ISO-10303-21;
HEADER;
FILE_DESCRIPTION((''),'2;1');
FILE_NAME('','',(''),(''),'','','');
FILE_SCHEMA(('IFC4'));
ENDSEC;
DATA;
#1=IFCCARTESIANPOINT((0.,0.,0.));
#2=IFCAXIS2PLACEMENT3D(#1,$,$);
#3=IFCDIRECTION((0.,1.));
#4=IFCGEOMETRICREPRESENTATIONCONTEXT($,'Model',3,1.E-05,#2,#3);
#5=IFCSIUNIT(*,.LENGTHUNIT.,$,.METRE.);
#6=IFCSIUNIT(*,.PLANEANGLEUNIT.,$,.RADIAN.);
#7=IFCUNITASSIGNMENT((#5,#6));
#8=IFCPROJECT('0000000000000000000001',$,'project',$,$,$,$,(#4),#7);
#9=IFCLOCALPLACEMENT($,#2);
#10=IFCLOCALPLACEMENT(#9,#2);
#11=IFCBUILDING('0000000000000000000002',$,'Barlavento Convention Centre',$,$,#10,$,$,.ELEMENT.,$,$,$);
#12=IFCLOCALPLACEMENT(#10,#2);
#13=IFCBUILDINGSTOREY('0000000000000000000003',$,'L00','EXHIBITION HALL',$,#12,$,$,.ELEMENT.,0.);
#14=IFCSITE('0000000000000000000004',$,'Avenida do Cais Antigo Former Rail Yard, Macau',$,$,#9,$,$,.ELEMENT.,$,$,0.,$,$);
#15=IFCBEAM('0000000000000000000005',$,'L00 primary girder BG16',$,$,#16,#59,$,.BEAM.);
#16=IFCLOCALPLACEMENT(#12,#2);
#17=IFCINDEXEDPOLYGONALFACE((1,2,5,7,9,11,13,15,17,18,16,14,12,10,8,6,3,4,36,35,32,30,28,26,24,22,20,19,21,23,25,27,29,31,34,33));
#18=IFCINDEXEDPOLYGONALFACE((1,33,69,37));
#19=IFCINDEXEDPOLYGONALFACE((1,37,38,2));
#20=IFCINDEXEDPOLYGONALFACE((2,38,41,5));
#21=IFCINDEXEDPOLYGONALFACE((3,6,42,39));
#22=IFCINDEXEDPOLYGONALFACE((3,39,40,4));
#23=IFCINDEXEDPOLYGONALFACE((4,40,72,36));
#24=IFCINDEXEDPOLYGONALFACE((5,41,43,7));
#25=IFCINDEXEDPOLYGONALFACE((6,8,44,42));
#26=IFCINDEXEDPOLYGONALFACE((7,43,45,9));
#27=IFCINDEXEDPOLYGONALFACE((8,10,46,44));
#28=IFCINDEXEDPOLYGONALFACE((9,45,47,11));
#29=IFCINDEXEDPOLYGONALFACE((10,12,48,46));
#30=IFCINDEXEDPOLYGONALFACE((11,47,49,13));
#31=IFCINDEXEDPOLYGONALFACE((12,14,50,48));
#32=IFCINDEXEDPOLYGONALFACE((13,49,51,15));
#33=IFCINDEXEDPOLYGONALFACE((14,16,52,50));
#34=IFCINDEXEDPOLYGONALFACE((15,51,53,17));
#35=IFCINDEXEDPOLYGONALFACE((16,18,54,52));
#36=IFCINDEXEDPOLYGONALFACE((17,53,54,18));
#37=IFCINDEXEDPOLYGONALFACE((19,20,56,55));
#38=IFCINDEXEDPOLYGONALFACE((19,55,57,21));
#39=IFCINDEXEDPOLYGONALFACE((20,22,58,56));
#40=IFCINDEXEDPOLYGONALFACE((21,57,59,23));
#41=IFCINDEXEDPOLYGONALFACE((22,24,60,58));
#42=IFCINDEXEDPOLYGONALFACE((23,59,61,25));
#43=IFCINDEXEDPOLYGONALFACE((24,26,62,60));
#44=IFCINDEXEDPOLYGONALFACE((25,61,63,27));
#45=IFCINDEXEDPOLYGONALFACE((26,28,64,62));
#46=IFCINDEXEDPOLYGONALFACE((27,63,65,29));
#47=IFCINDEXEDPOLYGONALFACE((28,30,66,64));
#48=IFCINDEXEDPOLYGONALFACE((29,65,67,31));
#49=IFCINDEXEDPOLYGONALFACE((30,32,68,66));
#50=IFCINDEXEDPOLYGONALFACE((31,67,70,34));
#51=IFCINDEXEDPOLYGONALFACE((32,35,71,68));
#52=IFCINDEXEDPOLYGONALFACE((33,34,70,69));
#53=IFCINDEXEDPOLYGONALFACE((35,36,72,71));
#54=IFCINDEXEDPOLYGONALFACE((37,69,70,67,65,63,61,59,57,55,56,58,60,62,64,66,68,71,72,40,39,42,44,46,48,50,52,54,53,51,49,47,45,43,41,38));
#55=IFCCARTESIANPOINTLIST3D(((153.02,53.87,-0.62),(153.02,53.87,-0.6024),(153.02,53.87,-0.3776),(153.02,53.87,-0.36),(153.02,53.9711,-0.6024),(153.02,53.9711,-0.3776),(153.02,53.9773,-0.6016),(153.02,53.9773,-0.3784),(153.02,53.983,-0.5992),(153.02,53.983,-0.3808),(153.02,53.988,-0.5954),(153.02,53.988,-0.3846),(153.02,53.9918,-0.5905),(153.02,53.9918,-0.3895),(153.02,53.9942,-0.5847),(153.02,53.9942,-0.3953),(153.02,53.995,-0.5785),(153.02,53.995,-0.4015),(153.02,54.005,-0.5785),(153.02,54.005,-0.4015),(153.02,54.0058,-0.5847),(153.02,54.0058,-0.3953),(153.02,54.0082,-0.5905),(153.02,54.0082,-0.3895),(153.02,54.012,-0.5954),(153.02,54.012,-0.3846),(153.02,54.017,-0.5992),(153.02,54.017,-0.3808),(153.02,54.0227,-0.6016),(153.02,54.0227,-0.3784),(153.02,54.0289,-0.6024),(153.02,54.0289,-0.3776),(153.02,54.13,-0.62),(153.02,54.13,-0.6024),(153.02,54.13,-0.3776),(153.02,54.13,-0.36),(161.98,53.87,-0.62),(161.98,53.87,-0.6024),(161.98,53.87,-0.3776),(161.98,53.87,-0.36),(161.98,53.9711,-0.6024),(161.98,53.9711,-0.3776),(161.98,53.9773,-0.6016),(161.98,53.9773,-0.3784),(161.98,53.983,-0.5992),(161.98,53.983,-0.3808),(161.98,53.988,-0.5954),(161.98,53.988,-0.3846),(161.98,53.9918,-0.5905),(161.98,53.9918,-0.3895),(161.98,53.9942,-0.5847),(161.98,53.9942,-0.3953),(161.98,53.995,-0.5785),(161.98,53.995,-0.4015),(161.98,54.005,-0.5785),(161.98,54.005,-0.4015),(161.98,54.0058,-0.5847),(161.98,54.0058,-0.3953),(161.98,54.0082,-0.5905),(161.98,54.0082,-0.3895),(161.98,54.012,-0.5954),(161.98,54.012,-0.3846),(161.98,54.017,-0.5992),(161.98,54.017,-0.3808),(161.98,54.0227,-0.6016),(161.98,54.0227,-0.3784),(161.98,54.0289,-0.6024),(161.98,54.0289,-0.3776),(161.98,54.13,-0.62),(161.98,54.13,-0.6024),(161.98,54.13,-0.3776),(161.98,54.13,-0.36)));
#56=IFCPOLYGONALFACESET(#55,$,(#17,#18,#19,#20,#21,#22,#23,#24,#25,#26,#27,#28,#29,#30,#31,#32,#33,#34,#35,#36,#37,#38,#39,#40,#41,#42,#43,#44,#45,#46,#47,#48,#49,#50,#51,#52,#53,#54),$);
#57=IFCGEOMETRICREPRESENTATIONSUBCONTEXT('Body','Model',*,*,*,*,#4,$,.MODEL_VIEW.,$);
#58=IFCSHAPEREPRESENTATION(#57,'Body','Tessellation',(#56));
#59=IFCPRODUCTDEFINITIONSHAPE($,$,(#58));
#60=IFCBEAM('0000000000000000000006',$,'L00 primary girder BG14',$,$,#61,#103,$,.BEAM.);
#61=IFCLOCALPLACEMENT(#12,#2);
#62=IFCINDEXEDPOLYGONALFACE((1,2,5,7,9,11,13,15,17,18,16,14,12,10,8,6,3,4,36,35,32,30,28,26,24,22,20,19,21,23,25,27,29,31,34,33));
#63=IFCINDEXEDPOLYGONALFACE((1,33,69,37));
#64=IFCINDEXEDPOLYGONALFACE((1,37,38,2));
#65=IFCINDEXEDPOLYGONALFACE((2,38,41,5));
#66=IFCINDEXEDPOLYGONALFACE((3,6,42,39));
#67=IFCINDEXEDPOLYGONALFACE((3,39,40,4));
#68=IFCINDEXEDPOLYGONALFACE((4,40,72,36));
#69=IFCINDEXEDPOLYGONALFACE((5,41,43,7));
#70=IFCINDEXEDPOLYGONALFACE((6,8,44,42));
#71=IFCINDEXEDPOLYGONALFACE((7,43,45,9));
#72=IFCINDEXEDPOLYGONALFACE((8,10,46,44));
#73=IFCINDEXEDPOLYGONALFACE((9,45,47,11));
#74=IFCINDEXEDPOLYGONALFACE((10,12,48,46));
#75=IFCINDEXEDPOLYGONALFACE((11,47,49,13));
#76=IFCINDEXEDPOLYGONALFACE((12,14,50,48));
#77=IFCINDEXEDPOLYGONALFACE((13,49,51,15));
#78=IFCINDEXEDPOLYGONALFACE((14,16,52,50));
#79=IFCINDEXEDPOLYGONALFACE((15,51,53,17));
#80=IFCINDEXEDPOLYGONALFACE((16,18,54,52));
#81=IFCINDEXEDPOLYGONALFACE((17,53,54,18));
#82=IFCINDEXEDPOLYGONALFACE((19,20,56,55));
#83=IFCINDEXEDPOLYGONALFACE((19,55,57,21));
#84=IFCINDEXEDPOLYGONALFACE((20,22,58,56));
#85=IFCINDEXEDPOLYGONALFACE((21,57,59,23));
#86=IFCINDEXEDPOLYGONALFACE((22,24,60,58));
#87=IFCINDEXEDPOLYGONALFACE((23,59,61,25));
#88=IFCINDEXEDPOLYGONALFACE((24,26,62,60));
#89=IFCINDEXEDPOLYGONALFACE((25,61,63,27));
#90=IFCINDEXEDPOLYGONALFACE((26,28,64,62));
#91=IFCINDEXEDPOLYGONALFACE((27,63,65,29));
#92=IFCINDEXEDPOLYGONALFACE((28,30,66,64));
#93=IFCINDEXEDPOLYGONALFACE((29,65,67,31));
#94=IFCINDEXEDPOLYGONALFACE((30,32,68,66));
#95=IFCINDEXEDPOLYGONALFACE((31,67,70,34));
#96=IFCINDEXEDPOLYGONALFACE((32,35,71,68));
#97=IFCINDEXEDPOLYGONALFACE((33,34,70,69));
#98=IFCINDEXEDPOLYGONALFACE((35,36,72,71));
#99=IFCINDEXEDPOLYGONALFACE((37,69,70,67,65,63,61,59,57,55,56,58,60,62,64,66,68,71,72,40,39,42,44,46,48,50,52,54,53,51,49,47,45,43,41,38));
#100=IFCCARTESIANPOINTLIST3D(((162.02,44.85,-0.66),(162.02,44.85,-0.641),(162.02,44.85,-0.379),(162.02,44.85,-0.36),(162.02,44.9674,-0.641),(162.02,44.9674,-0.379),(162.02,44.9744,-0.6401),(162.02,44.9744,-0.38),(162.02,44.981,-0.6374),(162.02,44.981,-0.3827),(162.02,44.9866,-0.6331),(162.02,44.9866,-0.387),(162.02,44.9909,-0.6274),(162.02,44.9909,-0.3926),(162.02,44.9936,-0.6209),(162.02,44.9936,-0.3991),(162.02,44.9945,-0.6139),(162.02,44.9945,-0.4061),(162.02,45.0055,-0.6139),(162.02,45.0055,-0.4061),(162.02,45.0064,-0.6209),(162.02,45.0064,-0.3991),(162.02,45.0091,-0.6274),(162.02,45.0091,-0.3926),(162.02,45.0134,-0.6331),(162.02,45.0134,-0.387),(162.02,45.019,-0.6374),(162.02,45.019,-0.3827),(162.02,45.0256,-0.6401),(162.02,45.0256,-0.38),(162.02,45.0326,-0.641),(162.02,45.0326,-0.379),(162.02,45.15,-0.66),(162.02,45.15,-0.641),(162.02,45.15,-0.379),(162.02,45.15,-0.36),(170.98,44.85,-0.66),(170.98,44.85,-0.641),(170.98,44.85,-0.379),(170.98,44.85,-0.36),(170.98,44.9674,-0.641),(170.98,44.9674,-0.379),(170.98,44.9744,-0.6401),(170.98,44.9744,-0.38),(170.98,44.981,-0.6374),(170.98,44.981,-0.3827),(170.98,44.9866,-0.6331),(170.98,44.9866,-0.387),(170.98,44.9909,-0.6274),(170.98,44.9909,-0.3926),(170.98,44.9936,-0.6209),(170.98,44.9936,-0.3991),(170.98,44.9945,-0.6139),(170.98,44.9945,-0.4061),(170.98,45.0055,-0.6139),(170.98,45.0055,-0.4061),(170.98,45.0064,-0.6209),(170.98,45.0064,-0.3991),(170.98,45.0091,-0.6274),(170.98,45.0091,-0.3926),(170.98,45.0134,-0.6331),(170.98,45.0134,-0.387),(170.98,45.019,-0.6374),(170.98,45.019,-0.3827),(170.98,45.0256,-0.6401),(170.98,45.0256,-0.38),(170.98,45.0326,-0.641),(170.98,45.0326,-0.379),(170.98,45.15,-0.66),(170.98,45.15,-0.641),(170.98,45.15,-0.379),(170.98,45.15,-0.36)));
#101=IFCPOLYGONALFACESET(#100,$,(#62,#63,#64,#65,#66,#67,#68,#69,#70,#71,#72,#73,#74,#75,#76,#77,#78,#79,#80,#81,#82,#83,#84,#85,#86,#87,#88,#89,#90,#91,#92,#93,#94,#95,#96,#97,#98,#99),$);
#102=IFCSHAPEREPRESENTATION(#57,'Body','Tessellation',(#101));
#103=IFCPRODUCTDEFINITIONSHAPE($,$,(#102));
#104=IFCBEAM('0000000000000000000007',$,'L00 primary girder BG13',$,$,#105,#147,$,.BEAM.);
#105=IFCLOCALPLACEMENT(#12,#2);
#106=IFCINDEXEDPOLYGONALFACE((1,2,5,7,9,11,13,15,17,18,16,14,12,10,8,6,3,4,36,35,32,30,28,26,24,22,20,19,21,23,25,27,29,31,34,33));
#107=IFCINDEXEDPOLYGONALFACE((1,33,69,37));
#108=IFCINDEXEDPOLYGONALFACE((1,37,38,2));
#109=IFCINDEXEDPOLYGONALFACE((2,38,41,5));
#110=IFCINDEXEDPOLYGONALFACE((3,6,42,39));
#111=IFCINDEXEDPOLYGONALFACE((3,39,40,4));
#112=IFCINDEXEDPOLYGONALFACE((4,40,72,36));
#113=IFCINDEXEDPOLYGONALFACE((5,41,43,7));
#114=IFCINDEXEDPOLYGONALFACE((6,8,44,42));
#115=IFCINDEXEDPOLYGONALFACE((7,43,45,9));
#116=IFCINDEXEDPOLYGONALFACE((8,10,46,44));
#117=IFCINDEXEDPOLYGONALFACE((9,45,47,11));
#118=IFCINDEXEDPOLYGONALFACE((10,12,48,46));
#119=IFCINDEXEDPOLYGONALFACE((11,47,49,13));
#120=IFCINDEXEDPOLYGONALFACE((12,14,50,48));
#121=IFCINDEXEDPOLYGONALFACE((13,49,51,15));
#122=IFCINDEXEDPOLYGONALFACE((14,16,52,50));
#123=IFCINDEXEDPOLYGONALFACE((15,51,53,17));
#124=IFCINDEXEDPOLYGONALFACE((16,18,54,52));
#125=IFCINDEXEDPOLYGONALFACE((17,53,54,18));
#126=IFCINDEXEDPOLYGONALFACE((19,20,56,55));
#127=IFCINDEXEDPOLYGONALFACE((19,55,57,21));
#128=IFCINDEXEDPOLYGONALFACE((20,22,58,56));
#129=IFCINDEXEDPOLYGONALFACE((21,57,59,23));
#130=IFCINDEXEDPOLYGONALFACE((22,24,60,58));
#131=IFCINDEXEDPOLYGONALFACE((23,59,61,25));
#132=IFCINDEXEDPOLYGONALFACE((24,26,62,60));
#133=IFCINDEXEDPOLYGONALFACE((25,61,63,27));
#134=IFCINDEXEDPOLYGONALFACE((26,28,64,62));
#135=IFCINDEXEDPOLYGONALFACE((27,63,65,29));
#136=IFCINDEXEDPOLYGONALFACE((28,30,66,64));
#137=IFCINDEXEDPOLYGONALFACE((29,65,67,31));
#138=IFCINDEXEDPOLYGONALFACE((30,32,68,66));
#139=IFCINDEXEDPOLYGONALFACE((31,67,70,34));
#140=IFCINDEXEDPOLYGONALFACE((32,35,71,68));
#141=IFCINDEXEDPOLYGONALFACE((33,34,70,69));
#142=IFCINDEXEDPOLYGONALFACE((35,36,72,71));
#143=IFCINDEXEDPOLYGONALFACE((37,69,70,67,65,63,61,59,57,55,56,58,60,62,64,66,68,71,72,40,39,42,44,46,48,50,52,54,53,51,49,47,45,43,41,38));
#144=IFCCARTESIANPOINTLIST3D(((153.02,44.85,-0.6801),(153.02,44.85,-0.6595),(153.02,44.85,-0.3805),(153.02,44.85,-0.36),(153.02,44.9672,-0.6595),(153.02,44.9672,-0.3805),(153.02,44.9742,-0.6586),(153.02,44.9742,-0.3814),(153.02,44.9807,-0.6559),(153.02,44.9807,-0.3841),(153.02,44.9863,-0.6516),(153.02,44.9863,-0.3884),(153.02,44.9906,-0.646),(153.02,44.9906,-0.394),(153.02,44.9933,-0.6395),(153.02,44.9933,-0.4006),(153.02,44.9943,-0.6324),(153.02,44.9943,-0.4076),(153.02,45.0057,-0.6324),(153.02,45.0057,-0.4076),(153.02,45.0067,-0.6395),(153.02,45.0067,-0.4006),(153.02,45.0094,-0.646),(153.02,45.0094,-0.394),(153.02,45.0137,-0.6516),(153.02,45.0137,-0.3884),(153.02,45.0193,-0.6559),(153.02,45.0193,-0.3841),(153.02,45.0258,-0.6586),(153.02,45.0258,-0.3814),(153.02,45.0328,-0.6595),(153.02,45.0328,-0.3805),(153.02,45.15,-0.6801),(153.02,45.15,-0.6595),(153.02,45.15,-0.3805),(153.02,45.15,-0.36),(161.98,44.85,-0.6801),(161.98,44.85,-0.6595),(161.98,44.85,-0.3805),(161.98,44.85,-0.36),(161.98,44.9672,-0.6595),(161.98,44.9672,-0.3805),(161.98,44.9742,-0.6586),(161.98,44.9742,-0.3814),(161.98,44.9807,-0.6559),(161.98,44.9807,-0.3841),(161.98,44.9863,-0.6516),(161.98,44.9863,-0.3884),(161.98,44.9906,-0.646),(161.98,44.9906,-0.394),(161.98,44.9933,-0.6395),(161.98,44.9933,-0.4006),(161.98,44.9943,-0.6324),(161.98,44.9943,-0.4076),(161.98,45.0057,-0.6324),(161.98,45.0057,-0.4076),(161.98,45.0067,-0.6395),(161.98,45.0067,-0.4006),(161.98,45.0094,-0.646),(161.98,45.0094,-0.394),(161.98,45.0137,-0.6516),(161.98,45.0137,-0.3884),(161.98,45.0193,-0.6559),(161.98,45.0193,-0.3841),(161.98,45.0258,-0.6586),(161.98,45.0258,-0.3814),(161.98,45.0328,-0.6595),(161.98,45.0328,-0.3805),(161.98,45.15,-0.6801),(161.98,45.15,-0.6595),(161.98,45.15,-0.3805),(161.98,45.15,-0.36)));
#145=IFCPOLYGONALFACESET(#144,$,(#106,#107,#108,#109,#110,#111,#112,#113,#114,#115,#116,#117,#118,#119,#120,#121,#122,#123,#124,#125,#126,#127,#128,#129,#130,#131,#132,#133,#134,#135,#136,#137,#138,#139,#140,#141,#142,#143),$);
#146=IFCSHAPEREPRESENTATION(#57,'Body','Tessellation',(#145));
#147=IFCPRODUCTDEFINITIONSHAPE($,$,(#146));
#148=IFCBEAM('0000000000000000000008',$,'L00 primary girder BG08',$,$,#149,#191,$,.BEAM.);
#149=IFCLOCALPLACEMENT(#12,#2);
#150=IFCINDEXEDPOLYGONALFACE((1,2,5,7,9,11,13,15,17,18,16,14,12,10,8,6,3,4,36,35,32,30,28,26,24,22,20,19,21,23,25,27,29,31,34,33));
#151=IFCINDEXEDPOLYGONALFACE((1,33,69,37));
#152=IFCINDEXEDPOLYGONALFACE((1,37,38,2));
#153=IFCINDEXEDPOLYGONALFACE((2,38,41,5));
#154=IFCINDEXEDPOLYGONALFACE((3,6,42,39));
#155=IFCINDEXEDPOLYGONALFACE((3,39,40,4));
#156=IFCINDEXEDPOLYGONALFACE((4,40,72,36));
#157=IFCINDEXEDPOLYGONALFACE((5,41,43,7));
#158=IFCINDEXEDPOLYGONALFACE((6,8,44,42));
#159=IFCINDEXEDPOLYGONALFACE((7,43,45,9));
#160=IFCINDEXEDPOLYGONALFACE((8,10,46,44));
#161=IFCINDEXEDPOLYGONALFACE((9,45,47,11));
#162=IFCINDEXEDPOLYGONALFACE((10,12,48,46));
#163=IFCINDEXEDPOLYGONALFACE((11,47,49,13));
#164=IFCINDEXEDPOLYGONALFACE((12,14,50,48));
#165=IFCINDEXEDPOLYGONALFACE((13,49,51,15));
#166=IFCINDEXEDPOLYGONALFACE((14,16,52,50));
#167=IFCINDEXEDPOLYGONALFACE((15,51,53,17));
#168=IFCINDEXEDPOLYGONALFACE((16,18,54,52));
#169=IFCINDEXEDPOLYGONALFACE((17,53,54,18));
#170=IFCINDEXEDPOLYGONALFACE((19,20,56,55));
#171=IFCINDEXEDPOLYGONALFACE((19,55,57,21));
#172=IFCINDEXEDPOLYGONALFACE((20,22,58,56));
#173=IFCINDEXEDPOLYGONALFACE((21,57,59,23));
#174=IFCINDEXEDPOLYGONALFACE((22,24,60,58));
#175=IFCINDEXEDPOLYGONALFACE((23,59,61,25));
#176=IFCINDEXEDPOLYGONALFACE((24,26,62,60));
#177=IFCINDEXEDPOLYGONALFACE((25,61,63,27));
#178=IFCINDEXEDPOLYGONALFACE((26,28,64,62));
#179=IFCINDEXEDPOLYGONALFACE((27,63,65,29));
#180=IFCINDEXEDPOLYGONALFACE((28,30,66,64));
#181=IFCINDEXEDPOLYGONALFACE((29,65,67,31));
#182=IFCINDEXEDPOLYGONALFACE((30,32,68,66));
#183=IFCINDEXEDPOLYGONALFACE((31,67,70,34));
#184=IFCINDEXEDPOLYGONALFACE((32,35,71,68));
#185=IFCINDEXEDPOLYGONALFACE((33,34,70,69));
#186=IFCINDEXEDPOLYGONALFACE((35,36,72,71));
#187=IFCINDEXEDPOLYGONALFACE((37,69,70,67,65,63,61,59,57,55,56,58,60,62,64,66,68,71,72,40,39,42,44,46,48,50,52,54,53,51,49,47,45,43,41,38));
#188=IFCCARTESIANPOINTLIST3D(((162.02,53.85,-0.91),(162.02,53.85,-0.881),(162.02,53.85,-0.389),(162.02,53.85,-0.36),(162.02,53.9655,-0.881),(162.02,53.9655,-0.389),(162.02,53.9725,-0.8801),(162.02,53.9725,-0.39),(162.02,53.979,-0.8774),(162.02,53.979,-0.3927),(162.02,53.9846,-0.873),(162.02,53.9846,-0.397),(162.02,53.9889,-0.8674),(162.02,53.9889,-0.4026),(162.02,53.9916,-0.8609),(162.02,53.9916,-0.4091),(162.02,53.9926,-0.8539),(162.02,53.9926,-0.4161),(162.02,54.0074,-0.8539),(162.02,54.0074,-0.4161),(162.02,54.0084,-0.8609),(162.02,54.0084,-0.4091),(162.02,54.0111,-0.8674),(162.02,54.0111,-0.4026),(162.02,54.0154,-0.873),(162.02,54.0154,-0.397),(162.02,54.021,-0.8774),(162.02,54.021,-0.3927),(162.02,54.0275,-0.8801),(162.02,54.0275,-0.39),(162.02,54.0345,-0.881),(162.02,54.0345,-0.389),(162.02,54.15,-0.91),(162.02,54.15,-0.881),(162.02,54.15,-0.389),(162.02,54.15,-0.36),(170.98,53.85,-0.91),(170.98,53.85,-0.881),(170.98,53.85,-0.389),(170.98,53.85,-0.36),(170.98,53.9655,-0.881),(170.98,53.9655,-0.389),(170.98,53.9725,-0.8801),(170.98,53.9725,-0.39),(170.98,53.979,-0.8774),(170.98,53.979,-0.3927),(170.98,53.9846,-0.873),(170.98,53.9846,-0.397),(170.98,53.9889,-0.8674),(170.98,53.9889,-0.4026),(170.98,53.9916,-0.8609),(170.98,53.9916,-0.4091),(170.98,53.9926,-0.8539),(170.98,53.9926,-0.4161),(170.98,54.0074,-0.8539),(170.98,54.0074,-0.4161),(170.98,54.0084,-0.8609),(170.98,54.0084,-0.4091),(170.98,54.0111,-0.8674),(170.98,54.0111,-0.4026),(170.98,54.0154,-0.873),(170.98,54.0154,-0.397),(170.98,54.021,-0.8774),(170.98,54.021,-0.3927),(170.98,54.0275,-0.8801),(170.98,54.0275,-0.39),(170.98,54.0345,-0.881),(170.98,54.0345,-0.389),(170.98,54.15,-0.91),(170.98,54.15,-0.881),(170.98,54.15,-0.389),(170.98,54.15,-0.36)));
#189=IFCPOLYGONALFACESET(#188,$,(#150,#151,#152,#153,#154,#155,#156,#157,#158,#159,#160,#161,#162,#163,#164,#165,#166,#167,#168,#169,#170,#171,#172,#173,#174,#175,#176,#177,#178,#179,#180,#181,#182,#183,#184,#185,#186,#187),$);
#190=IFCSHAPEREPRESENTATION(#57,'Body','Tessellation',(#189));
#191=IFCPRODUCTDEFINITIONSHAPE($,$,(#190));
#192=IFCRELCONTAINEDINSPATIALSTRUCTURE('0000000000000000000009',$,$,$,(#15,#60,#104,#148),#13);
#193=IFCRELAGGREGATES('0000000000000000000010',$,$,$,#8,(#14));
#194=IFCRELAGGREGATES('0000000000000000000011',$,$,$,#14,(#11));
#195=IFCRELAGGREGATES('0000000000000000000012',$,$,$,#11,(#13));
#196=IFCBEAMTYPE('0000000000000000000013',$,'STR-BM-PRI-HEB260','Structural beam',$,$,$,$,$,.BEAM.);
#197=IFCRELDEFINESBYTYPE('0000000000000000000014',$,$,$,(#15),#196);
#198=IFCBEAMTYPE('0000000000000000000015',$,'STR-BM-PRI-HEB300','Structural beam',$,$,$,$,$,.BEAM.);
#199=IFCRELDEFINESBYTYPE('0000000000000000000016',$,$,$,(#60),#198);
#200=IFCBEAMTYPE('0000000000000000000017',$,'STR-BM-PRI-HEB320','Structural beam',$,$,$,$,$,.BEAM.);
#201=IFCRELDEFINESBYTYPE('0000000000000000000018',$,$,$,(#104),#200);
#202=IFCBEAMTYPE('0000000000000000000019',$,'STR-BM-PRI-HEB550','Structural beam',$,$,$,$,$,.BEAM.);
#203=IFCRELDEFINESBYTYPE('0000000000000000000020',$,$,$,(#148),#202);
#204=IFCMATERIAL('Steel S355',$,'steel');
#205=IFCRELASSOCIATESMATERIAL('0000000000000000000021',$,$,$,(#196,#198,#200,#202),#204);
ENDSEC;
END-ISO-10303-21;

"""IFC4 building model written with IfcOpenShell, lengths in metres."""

from ifc_helpers import new_model, si_unit, direction, frame, origin, origin_2d, place, context, subcontext, project, spatial, i_section, extrude, material, material_profile, profile_set, type_object, element, save


model = new_model("IFC4")

# Units and contexts
model_context = context("Model", 3, precision=1e-05, world=origin(), true_north=direction((0.0, 1.0)))
body_context = subcontext(model_context, "Body", "Model", "MODEL_VIEW")
ifc_project = project(units=[si_unit("LENGTHUNIT", "METRE"), si_unit("PLANEANGLEUNIT", "RADIAN")], contexts=[model_context])

# Site, building, storey
site_placement = place(None, origin())
site = spatial("IfcSite", under=ifc_project, at=site_placement, Name="Avenida do Cais Antigo Former Rail Yard, Macau", CompositionType="ELEMENT", RefElevation=0.0)
building_placement = place(site_placement, origin())
building = spatial("IfcBuilding", under=site, at=building_placement, Name="Barlavento Convention Centre", CompositionType="ELEMENT")
storey_placement = place(building_placement, origin())
storey = spatial("IfcBuildingStorey", under=building, at=storey_placement, Name="L00", Description="EXHIBITION HALL", CompositionType="ELEMENT", Elevation=0.0)

# Beams
ifc_material_1 = material(Name="Steel S355", Category="steel")
ifc_material_profile_1 = material_profile(ifc_material_1, i_section(OverallWidth=0.26, OverallDepth=0.26, WebThickness=0.01, FlangeThickness=0.0176, FilletRadius=0.0239, at=origin_2d()), Name="HEB 260")
ifc_profile_set_1 = profile_set([ifc_material_profile_1], Name="Steel S355")
beam_type_1 = type_object("IfcBeamType", Name="STR-BM-PRI-HEB260", Description="Structural beam", PredefinedType="BEAM", material=ifc_profile_set_1)
beam_1_placement = place(storey_placement, frame((153.02, 54.0, -0.49), z_axis=(1.0, 0.0, 0.0), x_axis=(0.0, 1.0, 0.0)))
element("IfcBeam", 1, at=beam_1_placement, inside=storey, type_object=beam_type_1, Name="L00 primary girder BG16", PredefinedType="BEAM", context=body_context, shape_type="SweptSolid", body=[
    extrude(i_section(OverallWidth=0.26, OverallDepth=0.26, WebThickness=0.01, FlangeThickness=0.0176, FilletRadius=0.0239, at=origin_2d()), origin(), (0.0, 0.0, 1.0), 8.96),
])
ifc_material_profile_2 = material_profile(ifc_material_1, i_section(OverallWidth=0.3, OverallDepth=0.3, WebThickness=0.011, FlangeThickness=0.019, FilletRadius=0.0271, at=origin_2d()), Name="HEB 300")
ifc_profile_set_2 = profile_set([ifc_material_profile_2], Name="Steel S355")
beam_type_2 = type_object("IfcBeamType", Name="STR-BM-PRI-HEB300", Description="Structural beam", PredefinedType="BEAM", material=ifc_profile_set_2)
beam_2_placement = place(storey_placement, frame((162.02, 45.0, -0.51), z_axis=(1.0, 0.0, 0.0), x_axis=(0.0, 1.0, 0.0)))
element("IfcBeam", 2, at=beam_2_placement, inside=storey, type_object=beam_type_2, Name="L00 primary girder BG14", PredefinedType="BEAM", context=body_context, shape_type="SweptSolid", body=[
    extrude(i_section(OverallWidth=0.3, OverallDepth=0.3, WebThickness=0.011, FlangeThickness=0.019, FilletRadius=0.0271, at=origin_2d()), origin(), (0.0, 0.0, 1.0), 8.96),
])
ifc_material_profile_3 = material_profile(ifc_material_1, i_section(OverallWidth=0.3, OverallDepth=0.3201, WebThickness=0.0115, FlangeThickness=0.0205, FilletRadius=0.0271, at=origin_2d()), Name="HEB 320")
ifc_profile_set_3 = profile_set([ifc_material_profile_3], Name="Steel S355")
beam_type_3 = type_object("IfcBeamType", Name="STR-BM-PRI-HEB320", Description="Structural beam", PredefinedType="BEAM", material=ifc_profile_set_3)
beam_3_placement = place(storey_placement, frame((153.02, 45.0, -0.52), z_axis=(1.0, 0.0, 0.0), x_axis=(0.0, 1.0, 0.0)))
element("IfcBeam", 3, at=beam_3_placement, inside=storey, type_object=beam_type_3, Name="L00 primary girder BG13", PredefinedType="BEAM", context=body_context, shape_type="SweptSolid", body=[
    extrude(i_section(OverallWidth=0.3, OverallDepth=0.3201, WebThickness=0.0115, FlangeThickness=0.0205, FilletRadius=0.0271, at=origin_2d()), origin(), (0.0, 0.0, 1.0), 8.96),
])
ifc_material_profile_4 = material_profile(ifc_material_1, i_section(OverallWidth=0.3, OverallDepth=0.55, WebThickness=0.0149, FlangeThickness=0.0291, FilletRadius=0.0271, at=origin_2d()), Name="HEB 550")
ifc_profile_set_4 = profile_set([ifc_material_profile_4], Name="Steel S355")
beam_type_4 = type_object("IfcBeamType", Name="STR-BM-PRI-HEB550", Description="Structural beam", PredefinedType="BEAM", material=ifc_profile_set_4)
beam_4_placement = place(storey_placement, frame((162.02, 54.0, -0.635), z_axis=(1.0, 0.0, 0.0), x_axis=(0.0, 1.0, 0.0)))
element("IfcBeam", 4, at=beam_4_placement, inside=storey, type_object=beam_type_4, Name="L00 primary girder BG08", PredefinedType="BEAM", context=body_context, shape_type="SweptSolid", body=[
    extrude(i_section(OverallWidth=0.3, OverallDepth=0.55, WebThickness=0.0149, FlangeThickness=0.0291, FilletRadius=0.0271, at=origin_2d()), origin(), (0.0, 0.0, 1.0), 8.96),
])

save(model, "model.ifc")
